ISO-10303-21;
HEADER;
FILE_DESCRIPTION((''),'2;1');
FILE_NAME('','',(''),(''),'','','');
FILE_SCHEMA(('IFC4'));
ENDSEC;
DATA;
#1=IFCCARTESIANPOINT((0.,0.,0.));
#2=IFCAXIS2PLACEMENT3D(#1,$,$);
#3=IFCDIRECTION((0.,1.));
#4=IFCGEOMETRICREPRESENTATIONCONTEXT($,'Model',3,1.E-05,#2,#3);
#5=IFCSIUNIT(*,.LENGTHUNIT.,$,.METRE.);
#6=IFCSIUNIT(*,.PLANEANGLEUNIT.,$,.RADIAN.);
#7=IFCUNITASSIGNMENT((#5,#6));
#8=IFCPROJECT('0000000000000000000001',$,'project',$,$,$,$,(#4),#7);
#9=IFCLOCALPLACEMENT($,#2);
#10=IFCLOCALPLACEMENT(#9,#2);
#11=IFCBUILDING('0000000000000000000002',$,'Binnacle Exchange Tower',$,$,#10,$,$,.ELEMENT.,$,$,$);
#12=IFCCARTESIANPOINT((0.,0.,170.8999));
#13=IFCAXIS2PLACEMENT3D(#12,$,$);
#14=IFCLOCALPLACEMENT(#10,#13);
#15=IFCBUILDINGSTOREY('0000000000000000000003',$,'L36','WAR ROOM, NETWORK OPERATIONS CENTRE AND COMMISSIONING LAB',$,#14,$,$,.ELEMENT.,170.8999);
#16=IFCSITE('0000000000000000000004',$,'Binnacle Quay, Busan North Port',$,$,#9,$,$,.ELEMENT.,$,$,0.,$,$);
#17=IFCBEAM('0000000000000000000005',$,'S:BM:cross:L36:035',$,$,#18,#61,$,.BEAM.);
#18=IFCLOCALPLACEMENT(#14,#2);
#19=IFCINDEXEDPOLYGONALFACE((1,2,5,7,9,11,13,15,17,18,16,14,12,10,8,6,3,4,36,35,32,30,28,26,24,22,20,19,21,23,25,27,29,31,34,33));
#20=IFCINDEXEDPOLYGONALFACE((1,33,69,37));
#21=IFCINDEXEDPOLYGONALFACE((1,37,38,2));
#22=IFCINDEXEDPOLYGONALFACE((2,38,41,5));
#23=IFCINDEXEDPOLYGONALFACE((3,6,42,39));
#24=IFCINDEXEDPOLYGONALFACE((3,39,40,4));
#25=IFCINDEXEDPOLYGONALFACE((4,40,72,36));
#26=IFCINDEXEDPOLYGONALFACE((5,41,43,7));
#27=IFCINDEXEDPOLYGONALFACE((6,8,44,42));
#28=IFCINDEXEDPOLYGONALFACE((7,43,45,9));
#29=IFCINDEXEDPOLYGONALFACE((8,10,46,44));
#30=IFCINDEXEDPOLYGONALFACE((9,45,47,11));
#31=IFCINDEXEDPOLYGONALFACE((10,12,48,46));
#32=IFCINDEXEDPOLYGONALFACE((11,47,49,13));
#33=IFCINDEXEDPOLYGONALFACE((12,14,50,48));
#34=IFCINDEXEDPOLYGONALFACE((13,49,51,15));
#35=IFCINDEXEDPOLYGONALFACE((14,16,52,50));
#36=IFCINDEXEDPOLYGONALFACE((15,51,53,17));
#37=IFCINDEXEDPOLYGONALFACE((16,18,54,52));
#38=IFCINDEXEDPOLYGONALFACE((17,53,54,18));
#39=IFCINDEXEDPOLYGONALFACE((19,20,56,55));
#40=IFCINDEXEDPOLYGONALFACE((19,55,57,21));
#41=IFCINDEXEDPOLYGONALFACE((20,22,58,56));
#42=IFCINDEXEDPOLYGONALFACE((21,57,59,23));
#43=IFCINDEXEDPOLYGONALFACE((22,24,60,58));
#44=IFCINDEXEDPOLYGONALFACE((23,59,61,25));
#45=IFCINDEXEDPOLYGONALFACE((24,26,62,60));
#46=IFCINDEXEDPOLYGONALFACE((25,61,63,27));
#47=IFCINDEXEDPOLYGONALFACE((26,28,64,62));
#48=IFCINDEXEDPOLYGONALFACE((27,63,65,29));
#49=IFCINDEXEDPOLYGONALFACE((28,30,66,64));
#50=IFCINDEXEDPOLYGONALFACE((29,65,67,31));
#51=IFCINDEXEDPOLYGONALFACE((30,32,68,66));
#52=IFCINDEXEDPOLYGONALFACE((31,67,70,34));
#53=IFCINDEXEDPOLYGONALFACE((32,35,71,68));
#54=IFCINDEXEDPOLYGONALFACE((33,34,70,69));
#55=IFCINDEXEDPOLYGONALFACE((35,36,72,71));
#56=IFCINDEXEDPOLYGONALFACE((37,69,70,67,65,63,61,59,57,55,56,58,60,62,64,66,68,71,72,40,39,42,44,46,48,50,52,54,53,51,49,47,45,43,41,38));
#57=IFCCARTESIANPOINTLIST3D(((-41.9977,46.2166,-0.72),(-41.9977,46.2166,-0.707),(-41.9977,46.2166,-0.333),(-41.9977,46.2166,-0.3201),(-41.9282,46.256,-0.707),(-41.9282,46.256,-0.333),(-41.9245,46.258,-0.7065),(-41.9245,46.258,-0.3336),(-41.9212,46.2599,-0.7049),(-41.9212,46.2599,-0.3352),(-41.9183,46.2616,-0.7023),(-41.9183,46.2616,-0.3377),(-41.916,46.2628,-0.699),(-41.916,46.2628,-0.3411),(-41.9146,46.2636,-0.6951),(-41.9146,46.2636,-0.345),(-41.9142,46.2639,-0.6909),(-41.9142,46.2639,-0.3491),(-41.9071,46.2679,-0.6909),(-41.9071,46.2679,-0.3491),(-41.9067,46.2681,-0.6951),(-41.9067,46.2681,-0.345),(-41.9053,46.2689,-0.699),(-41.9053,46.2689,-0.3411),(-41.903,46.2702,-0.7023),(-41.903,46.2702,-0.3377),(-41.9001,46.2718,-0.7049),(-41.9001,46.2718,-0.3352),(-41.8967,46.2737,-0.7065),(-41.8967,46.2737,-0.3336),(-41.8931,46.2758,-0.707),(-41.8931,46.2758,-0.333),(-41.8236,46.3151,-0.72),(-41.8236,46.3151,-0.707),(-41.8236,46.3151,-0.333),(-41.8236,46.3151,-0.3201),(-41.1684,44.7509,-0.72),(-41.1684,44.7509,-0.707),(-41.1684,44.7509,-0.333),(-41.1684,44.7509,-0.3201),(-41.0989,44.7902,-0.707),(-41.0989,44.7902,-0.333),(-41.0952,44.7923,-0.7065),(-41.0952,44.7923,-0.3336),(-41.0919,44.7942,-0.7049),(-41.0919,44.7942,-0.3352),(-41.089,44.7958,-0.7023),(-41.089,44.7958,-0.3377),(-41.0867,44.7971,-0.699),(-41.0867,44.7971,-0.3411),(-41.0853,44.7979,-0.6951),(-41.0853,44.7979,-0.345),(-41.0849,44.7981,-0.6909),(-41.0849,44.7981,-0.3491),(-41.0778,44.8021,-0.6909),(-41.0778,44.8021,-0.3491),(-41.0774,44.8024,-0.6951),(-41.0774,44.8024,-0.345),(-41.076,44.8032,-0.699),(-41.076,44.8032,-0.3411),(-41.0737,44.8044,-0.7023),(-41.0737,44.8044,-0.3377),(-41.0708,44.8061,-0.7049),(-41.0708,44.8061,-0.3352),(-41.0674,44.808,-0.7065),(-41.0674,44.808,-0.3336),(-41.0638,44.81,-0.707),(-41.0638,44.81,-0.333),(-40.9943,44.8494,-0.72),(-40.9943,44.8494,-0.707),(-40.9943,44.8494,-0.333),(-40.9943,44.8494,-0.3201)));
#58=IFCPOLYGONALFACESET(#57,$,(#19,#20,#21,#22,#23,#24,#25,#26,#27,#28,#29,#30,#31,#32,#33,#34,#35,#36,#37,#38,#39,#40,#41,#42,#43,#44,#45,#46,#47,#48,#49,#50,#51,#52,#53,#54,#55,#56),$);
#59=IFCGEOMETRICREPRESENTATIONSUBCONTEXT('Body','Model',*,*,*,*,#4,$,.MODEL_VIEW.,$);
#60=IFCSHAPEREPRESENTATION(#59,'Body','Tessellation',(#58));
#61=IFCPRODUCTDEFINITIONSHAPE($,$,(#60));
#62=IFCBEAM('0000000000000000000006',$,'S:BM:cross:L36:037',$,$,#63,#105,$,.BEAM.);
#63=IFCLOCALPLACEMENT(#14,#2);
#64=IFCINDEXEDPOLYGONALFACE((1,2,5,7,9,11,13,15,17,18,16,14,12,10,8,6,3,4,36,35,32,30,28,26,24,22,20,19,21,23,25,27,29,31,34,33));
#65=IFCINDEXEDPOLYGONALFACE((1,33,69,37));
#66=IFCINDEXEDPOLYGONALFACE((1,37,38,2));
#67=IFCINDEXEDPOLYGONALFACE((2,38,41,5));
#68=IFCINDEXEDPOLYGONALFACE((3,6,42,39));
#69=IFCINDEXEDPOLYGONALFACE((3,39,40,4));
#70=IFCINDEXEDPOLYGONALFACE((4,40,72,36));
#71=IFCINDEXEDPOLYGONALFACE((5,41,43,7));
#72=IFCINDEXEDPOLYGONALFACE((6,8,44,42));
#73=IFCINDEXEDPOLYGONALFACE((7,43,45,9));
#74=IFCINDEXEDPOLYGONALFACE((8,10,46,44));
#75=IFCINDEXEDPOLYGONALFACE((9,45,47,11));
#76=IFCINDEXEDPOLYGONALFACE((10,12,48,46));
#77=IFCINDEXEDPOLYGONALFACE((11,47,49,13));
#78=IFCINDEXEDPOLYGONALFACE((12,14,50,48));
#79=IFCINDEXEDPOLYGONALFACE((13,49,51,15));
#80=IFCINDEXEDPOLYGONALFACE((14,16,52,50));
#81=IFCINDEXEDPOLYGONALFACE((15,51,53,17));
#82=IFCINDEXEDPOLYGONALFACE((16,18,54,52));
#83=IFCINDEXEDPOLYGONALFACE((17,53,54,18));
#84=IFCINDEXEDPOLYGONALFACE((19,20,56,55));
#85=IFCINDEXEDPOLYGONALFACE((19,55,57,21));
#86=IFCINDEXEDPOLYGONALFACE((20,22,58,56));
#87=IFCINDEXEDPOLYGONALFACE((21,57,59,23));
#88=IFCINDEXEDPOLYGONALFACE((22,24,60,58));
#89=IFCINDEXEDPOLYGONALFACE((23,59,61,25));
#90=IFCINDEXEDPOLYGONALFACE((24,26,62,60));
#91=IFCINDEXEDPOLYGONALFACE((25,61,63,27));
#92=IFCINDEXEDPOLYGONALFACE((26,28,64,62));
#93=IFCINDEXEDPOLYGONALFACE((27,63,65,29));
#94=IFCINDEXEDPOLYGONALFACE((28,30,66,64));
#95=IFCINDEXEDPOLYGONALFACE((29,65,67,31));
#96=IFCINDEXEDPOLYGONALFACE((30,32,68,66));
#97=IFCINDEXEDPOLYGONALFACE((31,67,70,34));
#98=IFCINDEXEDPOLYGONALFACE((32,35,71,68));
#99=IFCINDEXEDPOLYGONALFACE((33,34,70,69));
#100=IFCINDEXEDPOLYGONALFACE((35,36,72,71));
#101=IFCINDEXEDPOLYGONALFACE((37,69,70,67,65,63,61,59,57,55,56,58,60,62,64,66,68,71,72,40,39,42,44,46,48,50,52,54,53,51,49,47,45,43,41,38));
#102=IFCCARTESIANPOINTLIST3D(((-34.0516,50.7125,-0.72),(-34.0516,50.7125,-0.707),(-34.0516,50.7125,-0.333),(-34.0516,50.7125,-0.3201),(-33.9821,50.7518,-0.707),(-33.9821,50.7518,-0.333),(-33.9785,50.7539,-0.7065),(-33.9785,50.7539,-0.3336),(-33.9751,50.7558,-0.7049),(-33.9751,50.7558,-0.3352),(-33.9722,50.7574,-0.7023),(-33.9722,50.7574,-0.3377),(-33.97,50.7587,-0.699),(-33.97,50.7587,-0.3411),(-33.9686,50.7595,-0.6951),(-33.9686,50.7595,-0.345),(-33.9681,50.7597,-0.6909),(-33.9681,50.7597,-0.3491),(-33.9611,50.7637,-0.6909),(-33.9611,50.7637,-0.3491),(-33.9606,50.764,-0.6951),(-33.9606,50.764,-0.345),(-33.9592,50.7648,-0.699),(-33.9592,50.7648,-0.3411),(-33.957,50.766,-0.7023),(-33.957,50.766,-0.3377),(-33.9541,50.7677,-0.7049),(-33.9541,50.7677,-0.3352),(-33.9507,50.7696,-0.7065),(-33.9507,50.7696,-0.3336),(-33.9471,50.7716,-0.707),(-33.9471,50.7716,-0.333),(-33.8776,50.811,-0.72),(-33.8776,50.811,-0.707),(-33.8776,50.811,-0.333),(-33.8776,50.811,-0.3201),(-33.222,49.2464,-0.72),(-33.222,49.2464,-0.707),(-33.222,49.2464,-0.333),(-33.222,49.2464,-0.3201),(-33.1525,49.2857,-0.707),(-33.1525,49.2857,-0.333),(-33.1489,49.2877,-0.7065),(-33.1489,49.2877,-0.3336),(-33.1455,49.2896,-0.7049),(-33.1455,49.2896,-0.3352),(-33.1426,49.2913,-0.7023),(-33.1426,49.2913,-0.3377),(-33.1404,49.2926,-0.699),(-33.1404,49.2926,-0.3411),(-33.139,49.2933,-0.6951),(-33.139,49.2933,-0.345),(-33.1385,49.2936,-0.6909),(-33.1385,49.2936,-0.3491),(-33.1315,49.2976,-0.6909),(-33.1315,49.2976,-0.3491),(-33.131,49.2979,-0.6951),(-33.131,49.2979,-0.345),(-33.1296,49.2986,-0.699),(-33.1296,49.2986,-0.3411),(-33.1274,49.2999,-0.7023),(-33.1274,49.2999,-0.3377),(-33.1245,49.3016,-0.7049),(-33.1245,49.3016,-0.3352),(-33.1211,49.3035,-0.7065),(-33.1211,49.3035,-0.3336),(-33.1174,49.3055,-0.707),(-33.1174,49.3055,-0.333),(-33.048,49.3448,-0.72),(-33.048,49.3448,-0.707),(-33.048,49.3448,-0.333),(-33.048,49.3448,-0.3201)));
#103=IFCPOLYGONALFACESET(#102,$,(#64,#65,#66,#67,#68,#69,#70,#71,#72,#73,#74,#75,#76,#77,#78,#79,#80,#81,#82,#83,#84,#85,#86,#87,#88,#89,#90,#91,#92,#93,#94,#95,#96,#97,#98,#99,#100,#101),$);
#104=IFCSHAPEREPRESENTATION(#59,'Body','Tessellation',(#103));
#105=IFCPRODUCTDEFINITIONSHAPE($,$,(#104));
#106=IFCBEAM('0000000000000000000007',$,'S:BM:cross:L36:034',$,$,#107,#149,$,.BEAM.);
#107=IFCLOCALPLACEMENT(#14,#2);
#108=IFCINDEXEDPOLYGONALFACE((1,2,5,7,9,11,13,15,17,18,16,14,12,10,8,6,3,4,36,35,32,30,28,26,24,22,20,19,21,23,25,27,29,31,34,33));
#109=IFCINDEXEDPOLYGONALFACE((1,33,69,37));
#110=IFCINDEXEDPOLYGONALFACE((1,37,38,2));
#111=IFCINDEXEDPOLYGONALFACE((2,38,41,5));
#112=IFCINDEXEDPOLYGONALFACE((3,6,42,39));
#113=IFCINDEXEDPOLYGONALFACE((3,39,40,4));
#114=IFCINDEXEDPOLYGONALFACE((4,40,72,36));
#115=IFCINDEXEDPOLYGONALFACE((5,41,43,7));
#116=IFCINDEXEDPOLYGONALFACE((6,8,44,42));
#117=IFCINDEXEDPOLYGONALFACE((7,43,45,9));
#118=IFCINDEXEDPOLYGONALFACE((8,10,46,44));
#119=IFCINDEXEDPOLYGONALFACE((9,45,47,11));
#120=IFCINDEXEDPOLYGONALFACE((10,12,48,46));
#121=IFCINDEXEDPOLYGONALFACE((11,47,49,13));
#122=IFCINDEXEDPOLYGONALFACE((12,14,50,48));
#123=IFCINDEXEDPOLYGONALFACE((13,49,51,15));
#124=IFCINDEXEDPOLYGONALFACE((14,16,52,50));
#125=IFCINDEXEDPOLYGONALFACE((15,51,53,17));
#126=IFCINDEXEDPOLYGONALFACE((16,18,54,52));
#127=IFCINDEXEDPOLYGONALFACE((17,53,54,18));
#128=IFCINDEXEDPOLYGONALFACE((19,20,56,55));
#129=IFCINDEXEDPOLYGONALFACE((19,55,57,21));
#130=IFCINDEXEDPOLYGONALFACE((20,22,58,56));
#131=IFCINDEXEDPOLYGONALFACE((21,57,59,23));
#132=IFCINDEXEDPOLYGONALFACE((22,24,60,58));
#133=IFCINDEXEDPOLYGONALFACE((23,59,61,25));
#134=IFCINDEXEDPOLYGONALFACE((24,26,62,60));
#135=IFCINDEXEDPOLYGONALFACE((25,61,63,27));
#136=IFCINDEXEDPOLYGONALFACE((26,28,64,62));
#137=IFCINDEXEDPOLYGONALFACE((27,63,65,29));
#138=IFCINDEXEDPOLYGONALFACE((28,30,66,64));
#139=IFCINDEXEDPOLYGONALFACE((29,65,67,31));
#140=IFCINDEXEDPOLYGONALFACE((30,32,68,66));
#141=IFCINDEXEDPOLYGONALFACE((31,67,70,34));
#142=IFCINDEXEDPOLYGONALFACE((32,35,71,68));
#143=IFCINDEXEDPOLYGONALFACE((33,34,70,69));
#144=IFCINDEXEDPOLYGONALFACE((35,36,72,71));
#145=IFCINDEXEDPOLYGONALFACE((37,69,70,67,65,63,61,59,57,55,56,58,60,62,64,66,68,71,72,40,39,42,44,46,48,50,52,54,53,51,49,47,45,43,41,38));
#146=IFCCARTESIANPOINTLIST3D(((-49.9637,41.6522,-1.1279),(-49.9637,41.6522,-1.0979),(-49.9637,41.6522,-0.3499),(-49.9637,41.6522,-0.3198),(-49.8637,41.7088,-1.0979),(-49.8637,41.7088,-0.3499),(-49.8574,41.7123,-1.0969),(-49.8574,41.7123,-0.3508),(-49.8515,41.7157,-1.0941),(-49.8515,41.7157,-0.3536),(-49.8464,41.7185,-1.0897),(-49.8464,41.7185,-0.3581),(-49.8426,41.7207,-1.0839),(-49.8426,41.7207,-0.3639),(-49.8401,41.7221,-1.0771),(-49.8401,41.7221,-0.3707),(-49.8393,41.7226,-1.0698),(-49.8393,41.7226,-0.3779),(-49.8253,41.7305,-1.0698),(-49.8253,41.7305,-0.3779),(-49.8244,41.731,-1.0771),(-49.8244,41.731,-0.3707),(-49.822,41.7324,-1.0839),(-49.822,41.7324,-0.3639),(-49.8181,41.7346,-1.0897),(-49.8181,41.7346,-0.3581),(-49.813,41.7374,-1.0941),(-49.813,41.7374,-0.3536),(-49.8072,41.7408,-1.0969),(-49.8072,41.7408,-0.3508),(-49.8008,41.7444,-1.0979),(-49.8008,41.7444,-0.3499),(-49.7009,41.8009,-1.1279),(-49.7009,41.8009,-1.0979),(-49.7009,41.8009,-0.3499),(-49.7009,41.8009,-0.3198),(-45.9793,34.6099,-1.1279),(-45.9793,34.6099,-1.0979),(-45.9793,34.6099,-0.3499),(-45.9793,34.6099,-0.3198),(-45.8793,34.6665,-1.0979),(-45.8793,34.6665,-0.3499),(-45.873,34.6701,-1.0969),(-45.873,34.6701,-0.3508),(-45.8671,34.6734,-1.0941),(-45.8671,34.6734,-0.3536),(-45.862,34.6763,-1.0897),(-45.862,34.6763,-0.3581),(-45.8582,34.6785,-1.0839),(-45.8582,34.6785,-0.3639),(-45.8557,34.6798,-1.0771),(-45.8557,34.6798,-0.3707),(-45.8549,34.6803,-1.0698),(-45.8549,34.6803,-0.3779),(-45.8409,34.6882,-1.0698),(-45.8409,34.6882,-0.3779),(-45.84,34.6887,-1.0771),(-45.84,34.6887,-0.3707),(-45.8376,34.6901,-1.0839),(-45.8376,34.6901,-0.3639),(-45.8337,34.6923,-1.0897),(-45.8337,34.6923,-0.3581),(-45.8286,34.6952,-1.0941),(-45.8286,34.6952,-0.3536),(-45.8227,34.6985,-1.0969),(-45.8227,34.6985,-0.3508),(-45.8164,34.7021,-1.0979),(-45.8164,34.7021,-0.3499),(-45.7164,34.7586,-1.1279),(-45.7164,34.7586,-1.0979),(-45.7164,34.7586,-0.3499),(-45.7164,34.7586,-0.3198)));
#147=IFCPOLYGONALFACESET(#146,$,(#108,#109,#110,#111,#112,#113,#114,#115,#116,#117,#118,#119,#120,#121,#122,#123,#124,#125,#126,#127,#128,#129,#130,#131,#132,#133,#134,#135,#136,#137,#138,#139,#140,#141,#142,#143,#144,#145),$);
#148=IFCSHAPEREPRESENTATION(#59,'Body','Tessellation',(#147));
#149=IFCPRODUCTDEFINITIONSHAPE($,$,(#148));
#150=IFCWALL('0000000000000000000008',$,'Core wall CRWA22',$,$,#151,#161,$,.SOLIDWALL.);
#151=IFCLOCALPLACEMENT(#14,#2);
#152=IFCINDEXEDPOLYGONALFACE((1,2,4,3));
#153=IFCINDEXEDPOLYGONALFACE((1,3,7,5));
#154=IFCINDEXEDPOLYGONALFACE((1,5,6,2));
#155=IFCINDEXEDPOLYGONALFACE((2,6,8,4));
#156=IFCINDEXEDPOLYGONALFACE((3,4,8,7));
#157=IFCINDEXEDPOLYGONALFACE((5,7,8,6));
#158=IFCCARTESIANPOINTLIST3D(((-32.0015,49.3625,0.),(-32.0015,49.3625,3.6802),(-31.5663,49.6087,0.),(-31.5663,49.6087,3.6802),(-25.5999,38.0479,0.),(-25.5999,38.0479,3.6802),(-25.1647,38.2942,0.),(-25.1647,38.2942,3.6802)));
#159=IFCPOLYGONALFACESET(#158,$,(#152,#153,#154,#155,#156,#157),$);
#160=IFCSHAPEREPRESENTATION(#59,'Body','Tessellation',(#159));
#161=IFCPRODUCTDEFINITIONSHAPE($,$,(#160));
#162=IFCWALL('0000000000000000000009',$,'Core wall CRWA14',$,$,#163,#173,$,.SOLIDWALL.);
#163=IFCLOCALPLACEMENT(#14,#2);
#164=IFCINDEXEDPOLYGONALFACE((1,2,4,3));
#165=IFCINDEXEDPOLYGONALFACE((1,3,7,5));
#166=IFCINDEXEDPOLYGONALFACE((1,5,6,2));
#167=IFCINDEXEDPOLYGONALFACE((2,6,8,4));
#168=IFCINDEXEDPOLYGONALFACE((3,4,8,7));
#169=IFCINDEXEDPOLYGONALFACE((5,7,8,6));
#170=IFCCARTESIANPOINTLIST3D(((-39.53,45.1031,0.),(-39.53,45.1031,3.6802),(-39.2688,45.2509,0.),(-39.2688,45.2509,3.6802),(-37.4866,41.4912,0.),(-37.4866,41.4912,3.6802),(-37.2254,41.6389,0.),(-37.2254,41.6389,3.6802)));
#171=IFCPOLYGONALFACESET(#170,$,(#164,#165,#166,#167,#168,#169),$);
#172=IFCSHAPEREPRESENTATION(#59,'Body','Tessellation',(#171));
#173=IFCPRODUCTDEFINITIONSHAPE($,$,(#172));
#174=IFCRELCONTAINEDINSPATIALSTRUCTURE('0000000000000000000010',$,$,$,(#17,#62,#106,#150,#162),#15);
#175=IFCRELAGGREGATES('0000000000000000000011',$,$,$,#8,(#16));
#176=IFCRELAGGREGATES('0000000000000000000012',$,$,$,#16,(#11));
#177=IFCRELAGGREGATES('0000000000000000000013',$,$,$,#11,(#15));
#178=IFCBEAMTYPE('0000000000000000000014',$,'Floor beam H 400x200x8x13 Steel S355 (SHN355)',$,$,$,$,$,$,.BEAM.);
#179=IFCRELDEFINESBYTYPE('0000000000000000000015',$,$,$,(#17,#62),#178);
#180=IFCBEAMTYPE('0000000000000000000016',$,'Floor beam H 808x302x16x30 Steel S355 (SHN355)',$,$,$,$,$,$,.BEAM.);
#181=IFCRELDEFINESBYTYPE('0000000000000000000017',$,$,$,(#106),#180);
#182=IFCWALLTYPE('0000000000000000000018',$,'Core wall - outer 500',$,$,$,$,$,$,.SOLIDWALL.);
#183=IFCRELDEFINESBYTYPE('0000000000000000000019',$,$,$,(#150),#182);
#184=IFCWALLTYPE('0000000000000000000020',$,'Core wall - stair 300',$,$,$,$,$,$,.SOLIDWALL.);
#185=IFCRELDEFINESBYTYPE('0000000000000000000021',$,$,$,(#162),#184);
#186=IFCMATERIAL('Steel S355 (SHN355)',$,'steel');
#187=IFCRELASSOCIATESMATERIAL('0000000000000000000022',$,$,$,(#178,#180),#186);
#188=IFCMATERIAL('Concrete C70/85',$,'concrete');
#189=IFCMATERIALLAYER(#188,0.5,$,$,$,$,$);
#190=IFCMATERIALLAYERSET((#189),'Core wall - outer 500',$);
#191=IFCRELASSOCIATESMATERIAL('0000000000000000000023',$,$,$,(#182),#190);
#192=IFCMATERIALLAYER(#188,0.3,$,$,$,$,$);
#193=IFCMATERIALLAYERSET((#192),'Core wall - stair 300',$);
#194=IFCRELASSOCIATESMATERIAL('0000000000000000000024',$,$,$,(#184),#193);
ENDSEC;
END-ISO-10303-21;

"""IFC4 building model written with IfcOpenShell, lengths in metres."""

from ifc_helpers import new_model, si_unit, direction, frame, frame_2d, origin, origin_2d, place, context, subcontext, project, spatial, rectangle, i_section, extrude, material, layer, layer_set, material_profile, profile_set, type_object, element, save


model = new_model("IFC4")

# Units and contexts
model_context = context("Model", 3, precision=1e-05, world=origin(), true_north=direction((0.0, 1.0)))
body_context = subcontext(model_context, "Body", "Model", "MODEL_VIEW")
ifc_project = project(units=[si_unit("LENGTHUNIT", "METRE"), si_unit("PLANEANGLEUNIT", "RADIAN")], contexts=[model_context])

# Site, building, storey
site_placement = place(None, origin())
site = spatial("IfcSite", under=ifc_project, at=site_placement, Name="Binnacle Quay, Busan North Port", CompositionType="ELEMENT", RefElevation=0.0)
building_placement = place(site_placement, origin())
building = spatial("IfcBuilding", under=site, at=building_placement, Name="Binnacle Exchange Tower", CompositionType="ELEMENT")
storey_placement = place(building_placement, frame((0.0, 0.0, 170.8999)))
storey = spatial("IfcBuildingStorey", under=building, at=storey_placement, Name="L36", Description="WAR ROOM, NETWORK OPERATIONS CENTRE AND COMMISSIONING LAB", CompositionType="ELEMENT", Elevation=170.8999)

# Shared definitions
ifc_material_1 = material(Name="Concrete C70/85", Category="concrete")

# Beams
ifc_material_2 = material(Name="Steel S355 (SHN355)", Category="steel")
ifc_material_profile_1 = material_profile(ifc_material_2, i_section(OverallWidth=0.2, OverallDepth=0.3999, WebThickness=0.0081, FlangeThickness=0.0129, FilletRadius=0.0161, at=origin_2d()), Name="H 400x200x8x13")
ifc_profile_set_1 = profile_set([ifc_material_profile_1], Name="Steel S355 (SHN355)")
beam_type_1 = type_object("IfcBeamType", Name="Floor beam H 400x200x8x13 Steel S355 (SHN355)", PredefinedType="BEAM", material=ifc_profile_set_1)
beam_1_placement = place(storey_placement, frame((-41.9106, 46.2659, -0.52), z_axis=(0.492435, -0.870349, 0.0), x_axis=(0.870349, 0.492435, 0.0)))
element("IfcBeam", 1, at=beam_1_placement, inside=storey, type_object=beam_type_1, Name="S:BM:cross:L36:035", PredefinedType="BEAM", context=body_context, shape_type="SweptSolid", body=[
    extrude(i_section(OverallWidth=0.2, OverallDepth=0.3999, WebThickness=0.0081, FlangeThickness=0.0129, FilletRadius=0.0161, at=origin_2d()), origin(), (0.0, 0.0, 1.0), 1.6841),
])
beam_2_placement = place(storey_placement, frame((-33.9646, 50.7617, -0.52), z_axis=(0.492482, -0.870322, 0.0), x_axis=(0.870322, 0.492482, 0.0)))
element("IfcBeam", 2, at=beam_2_placement, inside=storey, type_object=beam_type_1, Name="S:BM:cross:L36:037", PredefinedType="BEAM", context=body_context, shape_type="SweptSolid", body=[
    extrude(i_section(OverallWidth=0.2, OverallDepth=0.3999, WebThickness=0.0081, FlangeThickness=0.0129, FilletRadius=0.0161, at=origin_2d()), origin(), (0.0, 0.0, 1.0), 1.6846),
])
ifc_material_profile_2 = material_profile(ifc_material_2, i_section(OverallWidth=0.302, OverallDepth=0.8081, WebThickness=0.0161, FlangeThickness=0.03, FilletRadius=0.0281, at=origin_2d()), Name="H 808x302x16x30")
ifc_profile_set_2 = profile_set([ifc_material_profile_2], Name="Steel S355 (SHN355)")
beam_type_2 = type_object("IfcBeamType", Name="Floor beam H 808x302x16x30 Steel S355 (SHN355)", PredefinedType="BEAM", material=ifc_profile_set_2)
beam_3_placement = place(storey_placement, frame((-49.8323, 41.7266, -0.7239), z_axis=(0.49243, -0.870352, 0.0), x_axis=(0.870352, 0.49243, 0.0)))
element("IfcBeam", 3, at=beam_3_placement, inside=storey, type_object=beam_type_2, Name="S:BM:cross:L36:034", PredefinedType="BEAM", context=body_context, shape_type="SweptSolid", body=[
    extrude(i_section(OverallWidth=0.302, OverallDepth=0.8081, WebThickness=0.0161, FlangeThickness=0.03, FilletRadius=0.0281, at=origin_2d()), origin(), (0.0, 0.0, 1.0), 8.0913),
])

# Walls
ifc_layer_1 = layer(ifc_material_1, 0.5)
ifc_layer_set_1 = layer_set([ifc_layer_1], Name="Core wall - outer 500")
wall_type_1 = type_object("IfcWallType", Name="Core wall - outer 500", PredefinedType="SOLIDWALL", material=ifc_layer_set_1)
wall_1_placement = place(storey_placement, frame((-31.7839, 49.4856, 0.0), z_axis=(0.0, 0.0, 1.0), x_axis=(0.492435, -0.870349, 0.0)))
element("IfcWall", 4, at=wall_1_placement, inside=storey, type_object=wall_type_1, Name="Core wall CRWA22", PredefinedType="SOLIDWALL", context=body_context, shape_type="SweptSolid", body=[
    extrude(rectangle(XDim=13.0, YDim=0.5, at=frame_2d((6.5, 0.0))), origin(), (0.0, 0.0, 1.0), 3.6802),
])
ifc_layer_2 = layer(ifc_material_1, 0.3)
ifc_layer_set_2 = layer_set([ifc_layer_2], Name="Core wall - stair 300")
wall_type_2 = type_object("IfcWallType", Name="Core wall - stair 300", PredefinedType="SOLIDWALL", material=ifc_layer_set_2)
wall_2_placement = place(storey_placement, frame((-39.3994, 45.177, 0.0), z_axis=(0.0, 0.0, 1.0), x_axis=(0.492396, -0.870371, 0.0)))
element("IfcWall", 5, at=wall_2_placement, inside=storey, type_object=wall_type_2, Name="Core wall CRWA14", PredefinedType="SOLIDWALL", context=body_context, shape_type="SweptSolid", body=[
    extrude(rectangle(XDim=4.1499, YDim=0.3, at=frame_2d((2.075, 0.0))), origin(), (0.0, 0.0, 1.0), 3.6802),
])

save(model, "model.ifc")
